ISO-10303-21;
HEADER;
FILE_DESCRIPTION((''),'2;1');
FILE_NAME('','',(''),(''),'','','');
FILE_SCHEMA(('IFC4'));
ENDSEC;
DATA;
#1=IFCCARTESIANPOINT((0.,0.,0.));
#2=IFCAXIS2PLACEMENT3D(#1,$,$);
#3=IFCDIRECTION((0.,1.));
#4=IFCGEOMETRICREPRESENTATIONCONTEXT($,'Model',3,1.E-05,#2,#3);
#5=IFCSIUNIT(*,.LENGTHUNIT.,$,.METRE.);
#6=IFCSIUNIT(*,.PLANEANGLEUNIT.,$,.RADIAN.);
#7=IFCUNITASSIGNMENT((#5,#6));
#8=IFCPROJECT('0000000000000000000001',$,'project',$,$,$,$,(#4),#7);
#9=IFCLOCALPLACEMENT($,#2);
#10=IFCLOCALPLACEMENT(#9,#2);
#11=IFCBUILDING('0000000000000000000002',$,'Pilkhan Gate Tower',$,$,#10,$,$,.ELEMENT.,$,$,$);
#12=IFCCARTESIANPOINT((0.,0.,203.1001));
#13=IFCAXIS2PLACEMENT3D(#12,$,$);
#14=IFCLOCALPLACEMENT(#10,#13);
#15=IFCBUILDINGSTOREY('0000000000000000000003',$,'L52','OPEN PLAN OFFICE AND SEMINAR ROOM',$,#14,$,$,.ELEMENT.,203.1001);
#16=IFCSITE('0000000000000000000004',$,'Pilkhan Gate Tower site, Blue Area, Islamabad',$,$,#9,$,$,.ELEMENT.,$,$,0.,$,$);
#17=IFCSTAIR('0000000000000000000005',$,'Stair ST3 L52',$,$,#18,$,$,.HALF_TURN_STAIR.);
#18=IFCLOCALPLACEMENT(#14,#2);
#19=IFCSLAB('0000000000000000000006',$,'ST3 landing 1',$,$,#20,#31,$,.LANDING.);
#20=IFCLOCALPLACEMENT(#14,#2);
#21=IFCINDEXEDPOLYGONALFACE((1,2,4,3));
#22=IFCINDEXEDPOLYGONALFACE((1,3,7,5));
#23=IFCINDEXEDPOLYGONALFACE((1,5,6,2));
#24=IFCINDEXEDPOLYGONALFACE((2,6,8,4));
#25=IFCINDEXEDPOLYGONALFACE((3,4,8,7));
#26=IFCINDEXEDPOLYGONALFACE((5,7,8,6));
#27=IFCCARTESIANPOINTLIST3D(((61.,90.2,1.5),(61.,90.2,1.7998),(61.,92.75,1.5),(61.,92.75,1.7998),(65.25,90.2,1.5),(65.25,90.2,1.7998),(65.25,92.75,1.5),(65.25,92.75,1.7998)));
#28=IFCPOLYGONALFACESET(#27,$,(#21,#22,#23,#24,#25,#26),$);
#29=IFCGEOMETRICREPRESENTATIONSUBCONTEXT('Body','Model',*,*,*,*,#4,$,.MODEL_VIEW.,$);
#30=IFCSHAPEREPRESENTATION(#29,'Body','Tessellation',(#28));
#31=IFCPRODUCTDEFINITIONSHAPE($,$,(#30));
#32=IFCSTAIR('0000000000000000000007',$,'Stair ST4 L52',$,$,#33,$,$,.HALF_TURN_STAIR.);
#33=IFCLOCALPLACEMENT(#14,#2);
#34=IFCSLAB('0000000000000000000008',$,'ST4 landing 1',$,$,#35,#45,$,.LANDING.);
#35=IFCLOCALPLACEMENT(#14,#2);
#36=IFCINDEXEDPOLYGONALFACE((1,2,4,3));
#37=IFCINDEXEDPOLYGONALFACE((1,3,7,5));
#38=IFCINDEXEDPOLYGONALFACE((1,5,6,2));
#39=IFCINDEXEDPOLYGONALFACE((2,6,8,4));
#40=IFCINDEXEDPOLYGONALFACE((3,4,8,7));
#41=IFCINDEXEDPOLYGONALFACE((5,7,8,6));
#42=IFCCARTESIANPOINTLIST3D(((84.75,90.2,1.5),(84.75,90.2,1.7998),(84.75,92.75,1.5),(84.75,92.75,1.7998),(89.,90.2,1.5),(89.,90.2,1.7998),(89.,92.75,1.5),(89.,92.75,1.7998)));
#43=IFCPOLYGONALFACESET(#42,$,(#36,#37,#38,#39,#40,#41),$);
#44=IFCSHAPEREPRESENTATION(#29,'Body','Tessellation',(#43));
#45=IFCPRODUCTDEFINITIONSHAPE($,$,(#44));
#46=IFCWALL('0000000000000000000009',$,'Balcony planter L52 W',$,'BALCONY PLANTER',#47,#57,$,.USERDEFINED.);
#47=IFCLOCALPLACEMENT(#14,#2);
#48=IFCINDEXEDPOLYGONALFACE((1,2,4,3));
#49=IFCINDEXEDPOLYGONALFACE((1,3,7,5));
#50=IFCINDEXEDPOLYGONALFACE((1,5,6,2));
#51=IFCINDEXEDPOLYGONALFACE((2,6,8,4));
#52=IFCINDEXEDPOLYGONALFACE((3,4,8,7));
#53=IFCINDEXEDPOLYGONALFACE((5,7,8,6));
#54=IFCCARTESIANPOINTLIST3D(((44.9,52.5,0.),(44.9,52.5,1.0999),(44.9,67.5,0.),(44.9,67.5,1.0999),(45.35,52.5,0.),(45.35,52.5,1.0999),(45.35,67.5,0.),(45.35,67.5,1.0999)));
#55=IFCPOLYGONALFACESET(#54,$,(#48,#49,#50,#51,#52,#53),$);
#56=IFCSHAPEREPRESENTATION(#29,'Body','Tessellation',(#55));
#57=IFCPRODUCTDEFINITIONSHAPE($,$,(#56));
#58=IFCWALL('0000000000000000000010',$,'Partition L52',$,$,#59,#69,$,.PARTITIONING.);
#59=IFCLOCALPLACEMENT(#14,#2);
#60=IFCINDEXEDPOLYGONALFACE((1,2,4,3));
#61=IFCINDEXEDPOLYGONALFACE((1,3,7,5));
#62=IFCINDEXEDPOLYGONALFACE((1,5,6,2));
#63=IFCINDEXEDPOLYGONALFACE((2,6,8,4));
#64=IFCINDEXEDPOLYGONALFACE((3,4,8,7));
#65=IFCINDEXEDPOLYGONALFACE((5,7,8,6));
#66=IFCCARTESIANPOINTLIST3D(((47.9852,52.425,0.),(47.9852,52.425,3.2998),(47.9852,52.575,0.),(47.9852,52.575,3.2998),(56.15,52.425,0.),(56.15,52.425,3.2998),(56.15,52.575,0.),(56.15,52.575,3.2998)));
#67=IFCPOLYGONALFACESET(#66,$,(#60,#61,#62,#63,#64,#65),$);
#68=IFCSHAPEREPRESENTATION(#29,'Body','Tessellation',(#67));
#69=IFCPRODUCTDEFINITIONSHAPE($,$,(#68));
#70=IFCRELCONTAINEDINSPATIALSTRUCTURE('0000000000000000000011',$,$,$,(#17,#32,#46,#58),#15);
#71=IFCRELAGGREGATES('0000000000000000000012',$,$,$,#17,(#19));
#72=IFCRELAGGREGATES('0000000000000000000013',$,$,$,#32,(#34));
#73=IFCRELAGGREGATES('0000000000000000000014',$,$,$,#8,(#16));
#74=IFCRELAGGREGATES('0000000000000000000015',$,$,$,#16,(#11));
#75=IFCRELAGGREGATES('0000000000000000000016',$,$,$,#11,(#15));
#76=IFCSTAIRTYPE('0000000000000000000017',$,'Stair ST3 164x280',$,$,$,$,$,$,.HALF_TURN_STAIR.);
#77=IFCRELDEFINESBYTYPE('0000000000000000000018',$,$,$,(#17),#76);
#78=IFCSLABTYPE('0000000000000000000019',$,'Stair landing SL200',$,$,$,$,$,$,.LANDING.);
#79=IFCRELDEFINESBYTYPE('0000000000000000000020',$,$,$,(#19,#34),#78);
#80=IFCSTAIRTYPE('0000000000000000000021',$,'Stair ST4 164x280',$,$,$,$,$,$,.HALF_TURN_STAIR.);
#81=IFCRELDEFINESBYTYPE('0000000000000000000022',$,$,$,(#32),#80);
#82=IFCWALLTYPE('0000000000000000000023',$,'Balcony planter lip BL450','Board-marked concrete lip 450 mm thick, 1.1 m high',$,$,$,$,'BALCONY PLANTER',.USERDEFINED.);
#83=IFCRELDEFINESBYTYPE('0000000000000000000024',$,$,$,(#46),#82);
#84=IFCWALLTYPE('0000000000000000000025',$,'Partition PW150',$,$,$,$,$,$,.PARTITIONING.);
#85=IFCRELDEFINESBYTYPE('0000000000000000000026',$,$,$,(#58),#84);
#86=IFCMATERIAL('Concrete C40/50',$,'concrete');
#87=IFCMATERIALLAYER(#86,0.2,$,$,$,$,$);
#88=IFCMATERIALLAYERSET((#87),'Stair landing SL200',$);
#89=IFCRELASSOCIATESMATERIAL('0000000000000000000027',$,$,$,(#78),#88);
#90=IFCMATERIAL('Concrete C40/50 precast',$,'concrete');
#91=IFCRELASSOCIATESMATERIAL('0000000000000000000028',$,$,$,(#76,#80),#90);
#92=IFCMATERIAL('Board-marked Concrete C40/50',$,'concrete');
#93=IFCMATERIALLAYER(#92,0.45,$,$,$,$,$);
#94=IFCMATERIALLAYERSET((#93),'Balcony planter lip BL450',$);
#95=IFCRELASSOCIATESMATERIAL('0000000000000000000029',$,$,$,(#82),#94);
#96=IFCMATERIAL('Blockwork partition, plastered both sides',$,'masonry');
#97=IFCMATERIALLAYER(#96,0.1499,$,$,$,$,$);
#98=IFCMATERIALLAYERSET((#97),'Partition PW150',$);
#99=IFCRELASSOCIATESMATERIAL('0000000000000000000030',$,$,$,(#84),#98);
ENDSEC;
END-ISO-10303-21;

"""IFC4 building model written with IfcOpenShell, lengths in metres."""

from ifc_helpers import new_model, si_unit, direction, frame, frame_2d, origin, place, context, subcontext, project, spatial, polyline, rectangle, outline, extrude, material, layer, layer_set, type_object, element, aggregate, save


model = new_model("IFC4")

# Units and contexts
model_context = context("Model", 3, precision=1e-05, world=origin(), true_north=direction((0.0, 1.0)))
body_context = subcontext(model_context, "Body", "Model", "MODEL_VIEW")
ifc_project = project(units=[si_unit("LENGTHUNIT", "METRE"), si_unit("PLANEANGLEUNIT", "RADIAN")], contexts=[model_context])

# Site, building, storey
site_placement = place(None, origin())
site = spatial("IfcSite", under=ifc_project, at=site_placement, Name="Pilkhan Gate Tower site, Blue Area, Islamabad", CompositionType="ELEMENT", RefElevation=0.0)
building_placement = place(site_placement, origin())
building = spatial("IfcBuilding", under=site, at=building_placement, Name="Pilkhan Gate Tower", CompositionType="ELEMENT")
storey_placement = place(building_placement, frame((0.0, 0.0, 203.1001)))
storey = spatial("IfcBuildingStorey", under=building, at=storey_placement, Name="L52", Description="OPEN PLAN OFFICE AND SEMINAR ROOM", CompositionType="ELEMENT", Elevation=203.1001)

# Shared definitions
ifc_material_1 = material(Name="Concrete C40/50", Category="concrete")

# Stairs, slabs
ifc_material_2 = material(Name="Concrete C40/50 precast", Category="concrete")
ifc_layer_1 = layer(ifc_material_1, 0.2)
ifc_layer_set_1 = layer_set([ifc_layer_1], Name="Stair landing SL200")
slab_type_1 = type_object("IfcSlabType", Name="Stair landing SL200", PredefinedType="LANDING", material=ifc_layer_set_1)
stair_type_1 = type_object("IfcStairType", Name="Stair ST3 164x280", PredefinedType="HALF_TURN_STAIR", material=ifc_material_2)
stair_1_placement = place(storey_placement, origin())
stair_1 = element("IfcStair", 1, at=stair_1_placement, inside=storey, type_object=stair_type_1, Name="Stair ST3 L52", PredefinedType="HALF_TURN_STAIR")
slab_1_placement = place(storey_placement, frame((0.0, 0.0, 1.5)))
slab_1 = element("IfcSlab", 2, at=slab_1_placement, type_object=slab_type_1, Name="ST3 landing 1", PredefinedType="LANDING", context=body_context, shape_type="SweptSolid", body=[
    extrude(outline(polyline([(65.25, 90.2), (65.25, 92.75), (61.0, 92.75), (61.0, 90.2), (65.25, 90.2)])), origin(), (0.0, 0.0, 1.0), 0.2998),
])
aggregate(stair_1, [slab_1])
stair_type_2 = type_object("IfcStairType", Name="Stair ST4 164x280", PredefinedType="HALF_TURN_STAIR", material=ifc_material_2)
stair_2_placement = place(storey_placement, origin())
stair_2 = element("IfcStair", 3, at=stair_2_placement, inside=storey, type_object=stair_type_2, Name="Stair ST4 L52", PredefinedType="HALF_TURN_STAIR")
slab_2_placement = place(storey_placement, frame((0.0, 0.0, 1.5)))
slab_2 = element("IfcSlab", 4, at=slab_2_placement, type_object=slab_type_1, Name="ST4 landing 1", PredefinedType="LANDING", context=body_context, shape_type="SweptSolid", body=[
    extrude(outline(polyline([(89.0, 90.2), (89.0, 92.75), (84.75, 92.75), (84.75, 90.2), (89.0, 90.2)])), origin(), (0.0, 0.0, 1.0), 0.2998),
])
aggregate(stair_2, [slab_2])

# Walls
ifc_material_3 = material(Name="Board-marked Concrete C40/50", Category="concrete")
ifc_layer_2 = layer(ifc_material_3, 0.45)
ifc_layer_set_2 = layer_set([ifc_layer_2], Name="Balcony planter lip BL450")
wall_type_1 = type_object("IfcWallType", Name="Balcony planter lip BL450", Description="Board-marked concrete lip 450 mm thick, 1.1 m high", ElementType="BALCONY PLANTER", PredefinedType="USERDEFINED", material=ifc_layer_set_2)
wall_1_placement = place(storey_placement, frame((45.125, 52.5, 0.0), z_axis=(0.0, 0.0, 1.0), x_axis=(0.0, 1.0, 0.0)))
element("IfcWall", 5, at=wall_1_placement, inside=storey, type_object=wall_type_1, Name="Balcony planter L52 W", ObjectType="BALCONY PLANTER", PredefinedType="USERDEFINED", context=body_context, shape_type="SweptSolid", body=[
    extrude(rectangle(XDim=15.0, YDim=0.45, at=frame_2d((7.5, 0.0))), origin(), (0.0, 0.0, 1.0), 1.0999),
])
ifc_material_4 = material(Name="Blockwork partition, plastered both sides", Category="masonry")
ifc_layer_3 = layer(ifc_material_4, 0.1499)
ifc_layer_set_3 = layer_set([ifc_layer_3], Name="Partition PW150")
wall_type_2 = type_object("IfcWallType", Name="Partition PW150", PredefinedType="PARTITIONING", material=ifc_layer_set_3)
wall_2_placement = place(storey_placement, frame((47.9851, 52.5, 0.0), z_axis=(0.0, 0.0, 1.0), x_axis=(1.0, 0.0, 0.0)))
element("IfcWall", 6, at=wall_2_placement, inside=storey, type_object=wall_type_2, Name="Partition L52", PredefinedType="PARTITIONING", context=body_context, shape_type="SweptSolid", body=[
    extrude(rectangle(XDim=8.1648, YDim=0.1499, at=frame_2d((4.0825, 0.0))), origin(), (0.0, 0.0, 1.0), 3.2998),
])

save(model, "model.ifc")
